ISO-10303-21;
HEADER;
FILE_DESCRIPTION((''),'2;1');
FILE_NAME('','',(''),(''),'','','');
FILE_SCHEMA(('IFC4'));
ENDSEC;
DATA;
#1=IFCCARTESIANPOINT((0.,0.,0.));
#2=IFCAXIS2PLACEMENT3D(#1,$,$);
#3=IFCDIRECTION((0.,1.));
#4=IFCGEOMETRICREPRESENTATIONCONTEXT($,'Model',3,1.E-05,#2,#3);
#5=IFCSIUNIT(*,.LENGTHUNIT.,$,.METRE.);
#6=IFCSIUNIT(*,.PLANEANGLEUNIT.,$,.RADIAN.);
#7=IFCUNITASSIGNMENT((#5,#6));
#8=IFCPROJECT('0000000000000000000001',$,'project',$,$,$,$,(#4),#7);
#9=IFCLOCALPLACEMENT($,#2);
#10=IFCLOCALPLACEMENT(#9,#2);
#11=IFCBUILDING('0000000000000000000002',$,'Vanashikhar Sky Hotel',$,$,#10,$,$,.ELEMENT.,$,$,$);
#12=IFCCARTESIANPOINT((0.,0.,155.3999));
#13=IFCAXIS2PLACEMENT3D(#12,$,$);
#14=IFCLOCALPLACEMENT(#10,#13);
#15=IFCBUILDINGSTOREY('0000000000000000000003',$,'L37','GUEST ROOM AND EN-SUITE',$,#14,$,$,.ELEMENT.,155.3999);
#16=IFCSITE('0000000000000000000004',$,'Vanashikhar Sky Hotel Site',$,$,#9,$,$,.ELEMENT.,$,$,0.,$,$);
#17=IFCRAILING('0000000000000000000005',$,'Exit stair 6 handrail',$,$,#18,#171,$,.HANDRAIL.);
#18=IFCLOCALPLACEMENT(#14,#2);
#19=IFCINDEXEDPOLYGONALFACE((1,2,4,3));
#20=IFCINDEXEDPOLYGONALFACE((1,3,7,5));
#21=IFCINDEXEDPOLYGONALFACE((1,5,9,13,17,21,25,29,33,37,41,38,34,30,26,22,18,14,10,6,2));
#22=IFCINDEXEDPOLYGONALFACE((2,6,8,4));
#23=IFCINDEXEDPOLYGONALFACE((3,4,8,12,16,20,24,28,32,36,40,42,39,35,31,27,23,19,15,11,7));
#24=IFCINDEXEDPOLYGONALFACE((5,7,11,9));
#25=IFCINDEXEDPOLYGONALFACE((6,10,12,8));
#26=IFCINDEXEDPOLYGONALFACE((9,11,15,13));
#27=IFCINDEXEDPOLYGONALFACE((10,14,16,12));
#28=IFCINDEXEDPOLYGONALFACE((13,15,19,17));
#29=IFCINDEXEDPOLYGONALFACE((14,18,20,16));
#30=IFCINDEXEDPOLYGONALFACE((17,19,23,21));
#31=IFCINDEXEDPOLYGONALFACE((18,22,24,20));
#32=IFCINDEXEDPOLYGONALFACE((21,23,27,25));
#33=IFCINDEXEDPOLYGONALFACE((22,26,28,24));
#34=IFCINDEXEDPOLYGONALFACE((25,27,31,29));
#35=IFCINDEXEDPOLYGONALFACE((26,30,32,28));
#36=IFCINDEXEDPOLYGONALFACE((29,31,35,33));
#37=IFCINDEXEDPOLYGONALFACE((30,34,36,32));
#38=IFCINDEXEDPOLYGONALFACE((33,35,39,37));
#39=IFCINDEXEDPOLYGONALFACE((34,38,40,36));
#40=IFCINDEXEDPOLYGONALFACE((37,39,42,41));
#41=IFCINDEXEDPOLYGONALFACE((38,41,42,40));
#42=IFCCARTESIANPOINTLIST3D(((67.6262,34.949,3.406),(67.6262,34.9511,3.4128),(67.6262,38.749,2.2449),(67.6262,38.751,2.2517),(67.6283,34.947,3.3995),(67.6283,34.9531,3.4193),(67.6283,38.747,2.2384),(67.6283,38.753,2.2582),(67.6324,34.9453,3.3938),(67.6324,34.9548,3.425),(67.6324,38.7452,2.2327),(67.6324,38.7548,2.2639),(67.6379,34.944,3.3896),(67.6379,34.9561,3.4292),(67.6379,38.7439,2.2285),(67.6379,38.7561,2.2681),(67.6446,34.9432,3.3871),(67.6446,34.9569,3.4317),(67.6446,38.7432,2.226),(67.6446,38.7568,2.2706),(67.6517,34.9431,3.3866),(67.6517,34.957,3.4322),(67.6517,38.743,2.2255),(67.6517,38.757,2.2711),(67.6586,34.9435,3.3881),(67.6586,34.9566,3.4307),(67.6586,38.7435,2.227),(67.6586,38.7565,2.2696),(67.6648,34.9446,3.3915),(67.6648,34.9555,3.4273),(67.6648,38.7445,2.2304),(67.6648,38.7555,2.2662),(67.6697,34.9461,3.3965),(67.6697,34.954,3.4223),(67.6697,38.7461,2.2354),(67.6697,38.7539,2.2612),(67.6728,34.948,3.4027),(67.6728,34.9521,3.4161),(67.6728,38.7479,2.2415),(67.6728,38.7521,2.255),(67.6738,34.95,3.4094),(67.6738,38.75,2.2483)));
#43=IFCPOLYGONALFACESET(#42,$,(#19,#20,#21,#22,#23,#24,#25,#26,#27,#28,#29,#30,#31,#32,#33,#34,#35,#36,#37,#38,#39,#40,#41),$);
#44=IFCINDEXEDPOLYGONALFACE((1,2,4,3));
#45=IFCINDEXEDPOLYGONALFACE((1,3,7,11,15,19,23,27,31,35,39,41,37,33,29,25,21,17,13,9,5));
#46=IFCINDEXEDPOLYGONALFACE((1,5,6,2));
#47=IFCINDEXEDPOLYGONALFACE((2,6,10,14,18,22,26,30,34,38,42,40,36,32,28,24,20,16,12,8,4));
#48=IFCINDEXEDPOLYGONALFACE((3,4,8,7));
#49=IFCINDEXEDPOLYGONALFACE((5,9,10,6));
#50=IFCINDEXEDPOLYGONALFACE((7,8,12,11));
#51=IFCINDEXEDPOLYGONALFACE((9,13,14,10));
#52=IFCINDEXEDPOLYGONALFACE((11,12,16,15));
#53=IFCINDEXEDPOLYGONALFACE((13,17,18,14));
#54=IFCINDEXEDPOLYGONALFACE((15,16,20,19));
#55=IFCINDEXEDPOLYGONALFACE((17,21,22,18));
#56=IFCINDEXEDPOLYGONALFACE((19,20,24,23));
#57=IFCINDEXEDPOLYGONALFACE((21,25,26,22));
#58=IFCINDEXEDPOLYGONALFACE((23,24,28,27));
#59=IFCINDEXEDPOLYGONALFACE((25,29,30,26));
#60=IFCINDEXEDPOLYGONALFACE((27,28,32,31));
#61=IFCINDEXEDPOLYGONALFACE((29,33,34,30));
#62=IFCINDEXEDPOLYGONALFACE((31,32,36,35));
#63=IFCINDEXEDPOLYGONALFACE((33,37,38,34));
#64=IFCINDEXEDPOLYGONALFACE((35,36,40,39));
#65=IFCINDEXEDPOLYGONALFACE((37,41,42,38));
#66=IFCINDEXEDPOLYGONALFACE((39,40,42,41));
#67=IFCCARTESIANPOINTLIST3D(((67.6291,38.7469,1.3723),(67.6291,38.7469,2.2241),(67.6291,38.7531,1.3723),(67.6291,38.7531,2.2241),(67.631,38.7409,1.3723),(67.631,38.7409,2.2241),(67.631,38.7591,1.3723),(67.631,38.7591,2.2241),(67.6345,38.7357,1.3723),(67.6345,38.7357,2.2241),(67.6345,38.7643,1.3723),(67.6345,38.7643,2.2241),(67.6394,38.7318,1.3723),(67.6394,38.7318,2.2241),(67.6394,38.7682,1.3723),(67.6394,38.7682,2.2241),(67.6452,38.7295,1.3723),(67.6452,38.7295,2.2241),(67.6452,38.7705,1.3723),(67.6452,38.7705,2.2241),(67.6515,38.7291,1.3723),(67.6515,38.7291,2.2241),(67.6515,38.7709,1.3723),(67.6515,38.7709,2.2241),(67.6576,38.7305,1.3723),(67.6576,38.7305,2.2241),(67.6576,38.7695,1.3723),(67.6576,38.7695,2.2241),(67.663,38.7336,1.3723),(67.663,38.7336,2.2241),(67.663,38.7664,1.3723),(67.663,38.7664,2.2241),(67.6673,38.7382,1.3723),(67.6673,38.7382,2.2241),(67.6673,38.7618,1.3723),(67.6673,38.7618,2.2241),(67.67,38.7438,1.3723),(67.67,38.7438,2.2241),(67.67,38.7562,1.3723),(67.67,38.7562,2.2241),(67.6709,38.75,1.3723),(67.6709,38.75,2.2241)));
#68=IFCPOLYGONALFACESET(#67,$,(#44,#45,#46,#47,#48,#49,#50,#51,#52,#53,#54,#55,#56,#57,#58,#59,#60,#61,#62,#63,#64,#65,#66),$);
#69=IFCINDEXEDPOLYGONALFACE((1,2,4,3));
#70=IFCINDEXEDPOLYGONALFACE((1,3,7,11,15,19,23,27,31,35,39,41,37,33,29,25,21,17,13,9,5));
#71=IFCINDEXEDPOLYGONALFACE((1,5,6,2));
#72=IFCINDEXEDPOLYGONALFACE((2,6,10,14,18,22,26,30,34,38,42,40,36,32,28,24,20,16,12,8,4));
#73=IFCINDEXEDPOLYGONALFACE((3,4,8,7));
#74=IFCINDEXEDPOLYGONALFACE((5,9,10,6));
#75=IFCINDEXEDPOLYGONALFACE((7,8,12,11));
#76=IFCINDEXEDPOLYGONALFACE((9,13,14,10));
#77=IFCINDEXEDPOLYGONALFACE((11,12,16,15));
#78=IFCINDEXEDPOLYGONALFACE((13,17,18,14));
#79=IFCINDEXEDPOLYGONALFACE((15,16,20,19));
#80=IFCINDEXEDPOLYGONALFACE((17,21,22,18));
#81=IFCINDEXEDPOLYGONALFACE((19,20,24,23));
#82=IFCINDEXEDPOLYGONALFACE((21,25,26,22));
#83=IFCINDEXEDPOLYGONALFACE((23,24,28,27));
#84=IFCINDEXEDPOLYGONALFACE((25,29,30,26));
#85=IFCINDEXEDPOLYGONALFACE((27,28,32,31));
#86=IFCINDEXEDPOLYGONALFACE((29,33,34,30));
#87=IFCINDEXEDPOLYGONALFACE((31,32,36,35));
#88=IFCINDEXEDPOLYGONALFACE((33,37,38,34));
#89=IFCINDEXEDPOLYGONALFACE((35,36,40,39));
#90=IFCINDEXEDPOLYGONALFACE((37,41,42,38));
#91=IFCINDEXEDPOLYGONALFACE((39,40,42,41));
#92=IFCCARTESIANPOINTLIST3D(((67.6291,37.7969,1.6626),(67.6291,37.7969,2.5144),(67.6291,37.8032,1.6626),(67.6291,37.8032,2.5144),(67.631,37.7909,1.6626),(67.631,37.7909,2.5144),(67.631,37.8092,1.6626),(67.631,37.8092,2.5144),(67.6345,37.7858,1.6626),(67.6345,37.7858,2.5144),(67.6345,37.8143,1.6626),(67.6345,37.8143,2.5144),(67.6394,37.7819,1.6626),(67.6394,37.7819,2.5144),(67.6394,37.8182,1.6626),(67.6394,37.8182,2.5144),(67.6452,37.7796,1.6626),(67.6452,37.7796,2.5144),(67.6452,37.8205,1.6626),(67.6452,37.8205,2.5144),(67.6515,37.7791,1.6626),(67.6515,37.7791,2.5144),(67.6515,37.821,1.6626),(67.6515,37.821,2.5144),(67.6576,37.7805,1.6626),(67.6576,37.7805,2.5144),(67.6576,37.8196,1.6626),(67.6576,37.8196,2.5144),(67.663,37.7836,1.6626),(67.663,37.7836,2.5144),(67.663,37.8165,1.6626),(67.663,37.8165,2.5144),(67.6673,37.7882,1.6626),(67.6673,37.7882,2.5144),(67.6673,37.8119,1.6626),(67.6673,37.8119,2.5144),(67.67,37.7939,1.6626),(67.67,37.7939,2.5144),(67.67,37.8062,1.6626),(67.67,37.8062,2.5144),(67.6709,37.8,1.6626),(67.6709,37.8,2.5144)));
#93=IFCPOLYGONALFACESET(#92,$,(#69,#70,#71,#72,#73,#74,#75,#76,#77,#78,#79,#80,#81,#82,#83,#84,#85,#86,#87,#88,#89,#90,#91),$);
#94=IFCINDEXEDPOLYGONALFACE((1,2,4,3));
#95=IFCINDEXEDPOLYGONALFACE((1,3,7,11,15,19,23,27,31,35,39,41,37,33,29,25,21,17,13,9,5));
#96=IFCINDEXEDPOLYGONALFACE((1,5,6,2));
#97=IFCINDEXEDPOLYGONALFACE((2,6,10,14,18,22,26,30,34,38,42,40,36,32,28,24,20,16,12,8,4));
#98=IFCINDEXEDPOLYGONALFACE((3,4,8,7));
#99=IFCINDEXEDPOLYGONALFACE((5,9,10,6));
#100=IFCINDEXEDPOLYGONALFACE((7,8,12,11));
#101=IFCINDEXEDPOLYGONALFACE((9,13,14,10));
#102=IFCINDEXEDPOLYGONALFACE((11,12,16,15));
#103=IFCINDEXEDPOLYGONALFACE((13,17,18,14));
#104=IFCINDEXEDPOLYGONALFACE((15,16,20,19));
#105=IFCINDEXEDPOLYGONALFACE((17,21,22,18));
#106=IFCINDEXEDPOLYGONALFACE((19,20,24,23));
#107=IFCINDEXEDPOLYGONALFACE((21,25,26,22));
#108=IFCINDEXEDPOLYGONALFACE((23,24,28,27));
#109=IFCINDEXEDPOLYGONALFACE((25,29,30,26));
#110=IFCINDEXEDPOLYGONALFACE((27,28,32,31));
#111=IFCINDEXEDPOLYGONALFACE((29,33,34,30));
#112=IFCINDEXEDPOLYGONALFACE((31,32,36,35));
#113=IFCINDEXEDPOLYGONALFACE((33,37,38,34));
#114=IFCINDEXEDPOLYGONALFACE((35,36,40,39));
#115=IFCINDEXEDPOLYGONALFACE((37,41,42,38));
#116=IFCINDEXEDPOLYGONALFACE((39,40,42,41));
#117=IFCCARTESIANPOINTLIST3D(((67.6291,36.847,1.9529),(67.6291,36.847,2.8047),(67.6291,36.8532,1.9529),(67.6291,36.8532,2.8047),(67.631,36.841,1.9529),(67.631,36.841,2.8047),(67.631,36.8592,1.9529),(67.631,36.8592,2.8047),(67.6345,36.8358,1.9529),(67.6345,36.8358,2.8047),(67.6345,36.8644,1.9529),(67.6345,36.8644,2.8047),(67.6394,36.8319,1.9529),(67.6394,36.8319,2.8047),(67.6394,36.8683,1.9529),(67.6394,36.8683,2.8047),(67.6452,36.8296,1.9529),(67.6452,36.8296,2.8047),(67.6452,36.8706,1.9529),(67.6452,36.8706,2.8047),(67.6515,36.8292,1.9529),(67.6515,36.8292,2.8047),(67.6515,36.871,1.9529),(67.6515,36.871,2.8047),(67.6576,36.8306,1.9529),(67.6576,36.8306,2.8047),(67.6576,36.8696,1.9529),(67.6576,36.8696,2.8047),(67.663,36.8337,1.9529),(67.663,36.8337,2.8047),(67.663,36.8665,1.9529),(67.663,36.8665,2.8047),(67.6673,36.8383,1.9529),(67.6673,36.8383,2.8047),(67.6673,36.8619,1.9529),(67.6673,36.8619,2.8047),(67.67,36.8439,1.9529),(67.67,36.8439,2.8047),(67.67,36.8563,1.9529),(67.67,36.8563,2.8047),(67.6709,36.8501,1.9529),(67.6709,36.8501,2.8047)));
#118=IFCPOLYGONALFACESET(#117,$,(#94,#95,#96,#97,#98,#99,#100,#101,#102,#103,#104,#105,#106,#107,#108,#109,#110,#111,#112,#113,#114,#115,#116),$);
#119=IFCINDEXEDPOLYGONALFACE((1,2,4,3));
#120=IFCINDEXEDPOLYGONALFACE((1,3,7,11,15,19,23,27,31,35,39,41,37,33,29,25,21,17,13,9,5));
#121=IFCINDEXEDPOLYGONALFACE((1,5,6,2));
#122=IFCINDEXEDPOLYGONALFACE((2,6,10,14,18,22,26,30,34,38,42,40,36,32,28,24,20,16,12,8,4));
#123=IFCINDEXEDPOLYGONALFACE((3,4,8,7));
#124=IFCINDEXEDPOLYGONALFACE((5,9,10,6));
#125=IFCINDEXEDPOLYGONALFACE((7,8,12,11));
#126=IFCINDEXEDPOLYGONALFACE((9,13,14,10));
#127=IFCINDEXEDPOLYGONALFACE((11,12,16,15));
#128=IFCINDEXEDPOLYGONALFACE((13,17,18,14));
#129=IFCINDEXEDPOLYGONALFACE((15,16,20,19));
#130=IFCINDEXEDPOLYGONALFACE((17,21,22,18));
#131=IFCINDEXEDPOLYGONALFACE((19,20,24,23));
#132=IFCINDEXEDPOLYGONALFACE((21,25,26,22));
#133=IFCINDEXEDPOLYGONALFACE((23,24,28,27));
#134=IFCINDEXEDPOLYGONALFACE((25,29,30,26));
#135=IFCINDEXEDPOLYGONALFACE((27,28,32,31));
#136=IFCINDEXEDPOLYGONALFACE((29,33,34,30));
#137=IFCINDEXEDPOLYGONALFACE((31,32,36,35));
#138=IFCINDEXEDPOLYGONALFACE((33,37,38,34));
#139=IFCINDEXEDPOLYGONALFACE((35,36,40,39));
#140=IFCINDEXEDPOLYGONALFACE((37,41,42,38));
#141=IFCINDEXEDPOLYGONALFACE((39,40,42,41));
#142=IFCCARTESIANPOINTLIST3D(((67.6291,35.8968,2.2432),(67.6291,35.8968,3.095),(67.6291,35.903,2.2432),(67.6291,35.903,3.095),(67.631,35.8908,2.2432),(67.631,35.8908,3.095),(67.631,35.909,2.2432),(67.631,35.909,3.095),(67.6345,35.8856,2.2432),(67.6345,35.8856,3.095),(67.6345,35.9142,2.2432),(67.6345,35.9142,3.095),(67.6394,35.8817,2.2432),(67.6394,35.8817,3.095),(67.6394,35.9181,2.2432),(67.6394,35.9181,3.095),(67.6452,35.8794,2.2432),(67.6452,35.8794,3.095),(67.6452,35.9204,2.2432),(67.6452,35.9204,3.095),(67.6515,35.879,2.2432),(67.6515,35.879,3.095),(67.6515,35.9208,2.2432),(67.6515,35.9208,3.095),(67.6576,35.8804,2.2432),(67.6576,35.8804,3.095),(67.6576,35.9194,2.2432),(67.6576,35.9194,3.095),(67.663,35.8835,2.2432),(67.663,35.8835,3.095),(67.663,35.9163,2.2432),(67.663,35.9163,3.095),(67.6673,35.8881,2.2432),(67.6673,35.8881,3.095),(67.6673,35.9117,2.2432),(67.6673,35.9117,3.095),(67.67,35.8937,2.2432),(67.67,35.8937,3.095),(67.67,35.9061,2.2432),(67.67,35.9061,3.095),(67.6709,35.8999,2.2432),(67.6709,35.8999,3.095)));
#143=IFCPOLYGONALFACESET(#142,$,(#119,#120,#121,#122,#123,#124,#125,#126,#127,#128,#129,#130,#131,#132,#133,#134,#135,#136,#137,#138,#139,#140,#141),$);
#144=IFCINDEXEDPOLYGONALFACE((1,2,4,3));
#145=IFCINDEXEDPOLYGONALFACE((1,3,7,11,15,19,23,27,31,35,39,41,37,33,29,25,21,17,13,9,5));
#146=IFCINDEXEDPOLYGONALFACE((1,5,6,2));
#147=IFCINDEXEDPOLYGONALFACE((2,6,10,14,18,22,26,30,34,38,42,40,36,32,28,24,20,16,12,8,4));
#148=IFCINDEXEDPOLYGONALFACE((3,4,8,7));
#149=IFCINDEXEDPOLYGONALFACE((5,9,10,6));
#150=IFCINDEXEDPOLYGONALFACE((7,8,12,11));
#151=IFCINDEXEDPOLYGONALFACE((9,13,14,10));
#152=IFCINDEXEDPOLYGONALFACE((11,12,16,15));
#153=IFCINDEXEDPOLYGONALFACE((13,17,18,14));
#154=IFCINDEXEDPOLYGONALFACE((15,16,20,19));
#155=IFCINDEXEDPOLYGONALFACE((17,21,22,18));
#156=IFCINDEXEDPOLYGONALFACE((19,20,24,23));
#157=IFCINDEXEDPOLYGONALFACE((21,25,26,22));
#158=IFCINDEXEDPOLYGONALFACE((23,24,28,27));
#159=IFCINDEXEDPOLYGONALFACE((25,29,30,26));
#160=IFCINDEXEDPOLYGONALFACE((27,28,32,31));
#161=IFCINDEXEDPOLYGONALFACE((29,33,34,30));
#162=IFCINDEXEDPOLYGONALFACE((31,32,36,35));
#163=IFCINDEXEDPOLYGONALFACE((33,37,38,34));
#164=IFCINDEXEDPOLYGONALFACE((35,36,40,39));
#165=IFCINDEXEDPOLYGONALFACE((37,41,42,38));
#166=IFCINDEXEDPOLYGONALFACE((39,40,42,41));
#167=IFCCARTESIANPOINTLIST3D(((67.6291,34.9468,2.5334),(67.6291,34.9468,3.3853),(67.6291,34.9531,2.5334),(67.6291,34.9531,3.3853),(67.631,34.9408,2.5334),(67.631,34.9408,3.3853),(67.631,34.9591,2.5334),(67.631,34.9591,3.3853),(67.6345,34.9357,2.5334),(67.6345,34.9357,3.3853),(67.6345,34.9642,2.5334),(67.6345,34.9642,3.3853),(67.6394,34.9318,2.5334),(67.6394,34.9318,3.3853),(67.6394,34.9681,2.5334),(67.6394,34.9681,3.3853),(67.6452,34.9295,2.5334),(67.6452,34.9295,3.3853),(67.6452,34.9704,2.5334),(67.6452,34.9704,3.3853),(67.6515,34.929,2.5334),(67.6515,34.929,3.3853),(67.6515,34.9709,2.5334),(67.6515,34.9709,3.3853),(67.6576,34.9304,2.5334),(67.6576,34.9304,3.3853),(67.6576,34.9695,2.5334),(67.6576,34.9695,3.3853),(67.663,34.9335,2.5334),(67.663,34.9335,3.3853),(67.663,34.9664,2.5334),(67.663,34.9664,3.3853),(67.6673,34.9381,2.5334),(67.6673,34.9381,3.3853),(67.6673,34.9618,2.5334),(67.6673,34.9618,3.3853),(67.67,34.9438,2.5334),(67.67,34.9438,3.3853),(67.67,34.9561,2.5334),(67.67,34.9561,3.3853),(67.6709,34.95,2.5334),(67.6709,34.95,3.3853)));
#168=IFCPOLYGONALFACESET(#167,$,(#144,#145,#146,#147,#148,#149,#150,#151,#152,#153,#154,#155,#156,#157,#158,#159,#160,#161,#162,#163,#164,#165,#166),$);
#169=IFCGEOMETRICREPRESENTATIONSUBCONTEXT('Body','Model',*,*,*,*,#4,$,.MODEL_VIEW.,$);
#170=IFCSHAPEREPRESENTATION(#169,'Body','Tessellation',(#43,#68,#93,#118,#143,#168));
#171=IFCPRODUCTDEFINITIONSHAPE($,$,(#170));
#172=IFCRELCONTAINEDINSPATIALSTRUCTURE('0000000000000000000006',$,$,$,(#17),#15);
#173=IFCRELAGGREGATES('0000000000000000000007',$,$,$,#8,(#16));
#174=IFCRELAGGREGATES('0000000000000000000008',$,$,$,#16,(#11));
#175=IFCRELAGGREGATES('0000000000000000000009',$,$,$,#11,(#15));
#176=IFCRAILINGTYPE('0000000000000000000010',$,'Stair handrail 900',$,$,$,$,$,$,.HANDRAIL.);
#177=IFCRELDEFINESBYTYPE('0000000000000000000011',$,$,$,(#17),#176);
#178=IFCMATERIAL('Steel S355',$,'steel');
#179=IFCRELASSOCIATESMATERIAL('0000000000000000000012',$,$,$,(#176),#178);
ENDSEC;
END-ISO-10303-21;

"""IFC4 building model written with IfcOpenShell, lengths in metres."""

from ifc_helpers import new_model, si_unit, direction, frame, origin, origin_2d, place, context, subcontext, project, spatial, circle, extrude, source, transform, mapped, material, type_object, element, save


model = new_model("IFC4")

# Units and contexts
model_context = context("Model", 3, precision=1e-05, world=origin(), true_north=direction((0.0, 1.0)))
body_context = subcontext(model_context, "Body", "Model", "MODEL_VIEW")
ifc_project = project(units=[si_unit("LENGTHUNIT", "METRE"), si_unit("PLANEANGLEUNIT", "RADIAN")], contexts=[model_context])

# Site, building, storey
site_placement = place(None, origin())
site = spatial("IfcSite", under=ifc_project, at=site_placement, Name="Vanashikhar Sky Hotel Site", CompositionType="ELEMENT", RefElevation=0.0)
building_placement = place(site_placement, origin())
building = spatial("IfcBuilding", under=site, at=building_placement, Name="Vanashikhar Sky Hotel", CompositionType="ELEMENT")
storey_placement = place(building_placement, frame((0.0, 0.0, 155.3999)))
storey = spatial("IfcBuildingStorey", under=building, at=storey_placement, Name="L37", Description="GUEST ROOM AND EN-SUITE", CompositionType="ELEMENT", Elevation=155.3999)

# Railing
ifc_material_1 = material(Name="Steel S355", Category="steel")
railing_type_1 = type_object("IfcRailingType", Name="Stair handrail 900", PredefinedType="HANDRAIL", material=ifc_material_1)
shared_shape_1 = source(origin(), body_context, "Body", "SweptSolid", [
    extrude(circle(Radius=0.0239, at=origin_2d()), frame((0.0, 0.0, 0.876), z_axis=(0.0, -0.956351, 0.29222), x_axis=(1.0, 0.0, 0.0)), (0.0, 0.0, 1.0), 3.9734),
    extrude(circle(Radius=0.021, at=origin_2d()), origin(), (0.0, 0.0, 1.0), 0.8518),
    extrude(circle(Radius=0.021, at=origin_2d()), frame((0.0, -0.95, 0.2903)), (0.0, 0.0, 1.0), 0.8518),
    extrude(circle(Radius=0.021, at=origin_2d()), frame((0.0, -1.8999, 0.5806)), (0.0, 0.0, 1.0), 0.8518),
    extrude(circle(Radius=0.021, at=origin_2d()), frame((0.0, -2.8501, 0.8708)), (0.0, 0.0, 1.0), 0.8518),
    extrude(circle(Radius=0.021, at=origin_2d()), frame((0.0, -3.8, 1.1611)), (0.0, 0.0, 1.0), 0.8518),
])
for number, where, name in (
    (1, (67.6499, 38.75, 1.3723), "Exit stair 6 handrail"),
):
    element("IfcRailing", number, at=place(storey_placement, frame(where)), inside=storey, type_object=railing_type_1, Name=name, PredefinedType="HANDRAIL", context=body_context, shape_type="MappedRepresentation", body=[
        mapped(shared_shape_1, transform((0.0, 0.0, 0.0), scale=1.0)),
    ])

save(model, "model.ifc")
